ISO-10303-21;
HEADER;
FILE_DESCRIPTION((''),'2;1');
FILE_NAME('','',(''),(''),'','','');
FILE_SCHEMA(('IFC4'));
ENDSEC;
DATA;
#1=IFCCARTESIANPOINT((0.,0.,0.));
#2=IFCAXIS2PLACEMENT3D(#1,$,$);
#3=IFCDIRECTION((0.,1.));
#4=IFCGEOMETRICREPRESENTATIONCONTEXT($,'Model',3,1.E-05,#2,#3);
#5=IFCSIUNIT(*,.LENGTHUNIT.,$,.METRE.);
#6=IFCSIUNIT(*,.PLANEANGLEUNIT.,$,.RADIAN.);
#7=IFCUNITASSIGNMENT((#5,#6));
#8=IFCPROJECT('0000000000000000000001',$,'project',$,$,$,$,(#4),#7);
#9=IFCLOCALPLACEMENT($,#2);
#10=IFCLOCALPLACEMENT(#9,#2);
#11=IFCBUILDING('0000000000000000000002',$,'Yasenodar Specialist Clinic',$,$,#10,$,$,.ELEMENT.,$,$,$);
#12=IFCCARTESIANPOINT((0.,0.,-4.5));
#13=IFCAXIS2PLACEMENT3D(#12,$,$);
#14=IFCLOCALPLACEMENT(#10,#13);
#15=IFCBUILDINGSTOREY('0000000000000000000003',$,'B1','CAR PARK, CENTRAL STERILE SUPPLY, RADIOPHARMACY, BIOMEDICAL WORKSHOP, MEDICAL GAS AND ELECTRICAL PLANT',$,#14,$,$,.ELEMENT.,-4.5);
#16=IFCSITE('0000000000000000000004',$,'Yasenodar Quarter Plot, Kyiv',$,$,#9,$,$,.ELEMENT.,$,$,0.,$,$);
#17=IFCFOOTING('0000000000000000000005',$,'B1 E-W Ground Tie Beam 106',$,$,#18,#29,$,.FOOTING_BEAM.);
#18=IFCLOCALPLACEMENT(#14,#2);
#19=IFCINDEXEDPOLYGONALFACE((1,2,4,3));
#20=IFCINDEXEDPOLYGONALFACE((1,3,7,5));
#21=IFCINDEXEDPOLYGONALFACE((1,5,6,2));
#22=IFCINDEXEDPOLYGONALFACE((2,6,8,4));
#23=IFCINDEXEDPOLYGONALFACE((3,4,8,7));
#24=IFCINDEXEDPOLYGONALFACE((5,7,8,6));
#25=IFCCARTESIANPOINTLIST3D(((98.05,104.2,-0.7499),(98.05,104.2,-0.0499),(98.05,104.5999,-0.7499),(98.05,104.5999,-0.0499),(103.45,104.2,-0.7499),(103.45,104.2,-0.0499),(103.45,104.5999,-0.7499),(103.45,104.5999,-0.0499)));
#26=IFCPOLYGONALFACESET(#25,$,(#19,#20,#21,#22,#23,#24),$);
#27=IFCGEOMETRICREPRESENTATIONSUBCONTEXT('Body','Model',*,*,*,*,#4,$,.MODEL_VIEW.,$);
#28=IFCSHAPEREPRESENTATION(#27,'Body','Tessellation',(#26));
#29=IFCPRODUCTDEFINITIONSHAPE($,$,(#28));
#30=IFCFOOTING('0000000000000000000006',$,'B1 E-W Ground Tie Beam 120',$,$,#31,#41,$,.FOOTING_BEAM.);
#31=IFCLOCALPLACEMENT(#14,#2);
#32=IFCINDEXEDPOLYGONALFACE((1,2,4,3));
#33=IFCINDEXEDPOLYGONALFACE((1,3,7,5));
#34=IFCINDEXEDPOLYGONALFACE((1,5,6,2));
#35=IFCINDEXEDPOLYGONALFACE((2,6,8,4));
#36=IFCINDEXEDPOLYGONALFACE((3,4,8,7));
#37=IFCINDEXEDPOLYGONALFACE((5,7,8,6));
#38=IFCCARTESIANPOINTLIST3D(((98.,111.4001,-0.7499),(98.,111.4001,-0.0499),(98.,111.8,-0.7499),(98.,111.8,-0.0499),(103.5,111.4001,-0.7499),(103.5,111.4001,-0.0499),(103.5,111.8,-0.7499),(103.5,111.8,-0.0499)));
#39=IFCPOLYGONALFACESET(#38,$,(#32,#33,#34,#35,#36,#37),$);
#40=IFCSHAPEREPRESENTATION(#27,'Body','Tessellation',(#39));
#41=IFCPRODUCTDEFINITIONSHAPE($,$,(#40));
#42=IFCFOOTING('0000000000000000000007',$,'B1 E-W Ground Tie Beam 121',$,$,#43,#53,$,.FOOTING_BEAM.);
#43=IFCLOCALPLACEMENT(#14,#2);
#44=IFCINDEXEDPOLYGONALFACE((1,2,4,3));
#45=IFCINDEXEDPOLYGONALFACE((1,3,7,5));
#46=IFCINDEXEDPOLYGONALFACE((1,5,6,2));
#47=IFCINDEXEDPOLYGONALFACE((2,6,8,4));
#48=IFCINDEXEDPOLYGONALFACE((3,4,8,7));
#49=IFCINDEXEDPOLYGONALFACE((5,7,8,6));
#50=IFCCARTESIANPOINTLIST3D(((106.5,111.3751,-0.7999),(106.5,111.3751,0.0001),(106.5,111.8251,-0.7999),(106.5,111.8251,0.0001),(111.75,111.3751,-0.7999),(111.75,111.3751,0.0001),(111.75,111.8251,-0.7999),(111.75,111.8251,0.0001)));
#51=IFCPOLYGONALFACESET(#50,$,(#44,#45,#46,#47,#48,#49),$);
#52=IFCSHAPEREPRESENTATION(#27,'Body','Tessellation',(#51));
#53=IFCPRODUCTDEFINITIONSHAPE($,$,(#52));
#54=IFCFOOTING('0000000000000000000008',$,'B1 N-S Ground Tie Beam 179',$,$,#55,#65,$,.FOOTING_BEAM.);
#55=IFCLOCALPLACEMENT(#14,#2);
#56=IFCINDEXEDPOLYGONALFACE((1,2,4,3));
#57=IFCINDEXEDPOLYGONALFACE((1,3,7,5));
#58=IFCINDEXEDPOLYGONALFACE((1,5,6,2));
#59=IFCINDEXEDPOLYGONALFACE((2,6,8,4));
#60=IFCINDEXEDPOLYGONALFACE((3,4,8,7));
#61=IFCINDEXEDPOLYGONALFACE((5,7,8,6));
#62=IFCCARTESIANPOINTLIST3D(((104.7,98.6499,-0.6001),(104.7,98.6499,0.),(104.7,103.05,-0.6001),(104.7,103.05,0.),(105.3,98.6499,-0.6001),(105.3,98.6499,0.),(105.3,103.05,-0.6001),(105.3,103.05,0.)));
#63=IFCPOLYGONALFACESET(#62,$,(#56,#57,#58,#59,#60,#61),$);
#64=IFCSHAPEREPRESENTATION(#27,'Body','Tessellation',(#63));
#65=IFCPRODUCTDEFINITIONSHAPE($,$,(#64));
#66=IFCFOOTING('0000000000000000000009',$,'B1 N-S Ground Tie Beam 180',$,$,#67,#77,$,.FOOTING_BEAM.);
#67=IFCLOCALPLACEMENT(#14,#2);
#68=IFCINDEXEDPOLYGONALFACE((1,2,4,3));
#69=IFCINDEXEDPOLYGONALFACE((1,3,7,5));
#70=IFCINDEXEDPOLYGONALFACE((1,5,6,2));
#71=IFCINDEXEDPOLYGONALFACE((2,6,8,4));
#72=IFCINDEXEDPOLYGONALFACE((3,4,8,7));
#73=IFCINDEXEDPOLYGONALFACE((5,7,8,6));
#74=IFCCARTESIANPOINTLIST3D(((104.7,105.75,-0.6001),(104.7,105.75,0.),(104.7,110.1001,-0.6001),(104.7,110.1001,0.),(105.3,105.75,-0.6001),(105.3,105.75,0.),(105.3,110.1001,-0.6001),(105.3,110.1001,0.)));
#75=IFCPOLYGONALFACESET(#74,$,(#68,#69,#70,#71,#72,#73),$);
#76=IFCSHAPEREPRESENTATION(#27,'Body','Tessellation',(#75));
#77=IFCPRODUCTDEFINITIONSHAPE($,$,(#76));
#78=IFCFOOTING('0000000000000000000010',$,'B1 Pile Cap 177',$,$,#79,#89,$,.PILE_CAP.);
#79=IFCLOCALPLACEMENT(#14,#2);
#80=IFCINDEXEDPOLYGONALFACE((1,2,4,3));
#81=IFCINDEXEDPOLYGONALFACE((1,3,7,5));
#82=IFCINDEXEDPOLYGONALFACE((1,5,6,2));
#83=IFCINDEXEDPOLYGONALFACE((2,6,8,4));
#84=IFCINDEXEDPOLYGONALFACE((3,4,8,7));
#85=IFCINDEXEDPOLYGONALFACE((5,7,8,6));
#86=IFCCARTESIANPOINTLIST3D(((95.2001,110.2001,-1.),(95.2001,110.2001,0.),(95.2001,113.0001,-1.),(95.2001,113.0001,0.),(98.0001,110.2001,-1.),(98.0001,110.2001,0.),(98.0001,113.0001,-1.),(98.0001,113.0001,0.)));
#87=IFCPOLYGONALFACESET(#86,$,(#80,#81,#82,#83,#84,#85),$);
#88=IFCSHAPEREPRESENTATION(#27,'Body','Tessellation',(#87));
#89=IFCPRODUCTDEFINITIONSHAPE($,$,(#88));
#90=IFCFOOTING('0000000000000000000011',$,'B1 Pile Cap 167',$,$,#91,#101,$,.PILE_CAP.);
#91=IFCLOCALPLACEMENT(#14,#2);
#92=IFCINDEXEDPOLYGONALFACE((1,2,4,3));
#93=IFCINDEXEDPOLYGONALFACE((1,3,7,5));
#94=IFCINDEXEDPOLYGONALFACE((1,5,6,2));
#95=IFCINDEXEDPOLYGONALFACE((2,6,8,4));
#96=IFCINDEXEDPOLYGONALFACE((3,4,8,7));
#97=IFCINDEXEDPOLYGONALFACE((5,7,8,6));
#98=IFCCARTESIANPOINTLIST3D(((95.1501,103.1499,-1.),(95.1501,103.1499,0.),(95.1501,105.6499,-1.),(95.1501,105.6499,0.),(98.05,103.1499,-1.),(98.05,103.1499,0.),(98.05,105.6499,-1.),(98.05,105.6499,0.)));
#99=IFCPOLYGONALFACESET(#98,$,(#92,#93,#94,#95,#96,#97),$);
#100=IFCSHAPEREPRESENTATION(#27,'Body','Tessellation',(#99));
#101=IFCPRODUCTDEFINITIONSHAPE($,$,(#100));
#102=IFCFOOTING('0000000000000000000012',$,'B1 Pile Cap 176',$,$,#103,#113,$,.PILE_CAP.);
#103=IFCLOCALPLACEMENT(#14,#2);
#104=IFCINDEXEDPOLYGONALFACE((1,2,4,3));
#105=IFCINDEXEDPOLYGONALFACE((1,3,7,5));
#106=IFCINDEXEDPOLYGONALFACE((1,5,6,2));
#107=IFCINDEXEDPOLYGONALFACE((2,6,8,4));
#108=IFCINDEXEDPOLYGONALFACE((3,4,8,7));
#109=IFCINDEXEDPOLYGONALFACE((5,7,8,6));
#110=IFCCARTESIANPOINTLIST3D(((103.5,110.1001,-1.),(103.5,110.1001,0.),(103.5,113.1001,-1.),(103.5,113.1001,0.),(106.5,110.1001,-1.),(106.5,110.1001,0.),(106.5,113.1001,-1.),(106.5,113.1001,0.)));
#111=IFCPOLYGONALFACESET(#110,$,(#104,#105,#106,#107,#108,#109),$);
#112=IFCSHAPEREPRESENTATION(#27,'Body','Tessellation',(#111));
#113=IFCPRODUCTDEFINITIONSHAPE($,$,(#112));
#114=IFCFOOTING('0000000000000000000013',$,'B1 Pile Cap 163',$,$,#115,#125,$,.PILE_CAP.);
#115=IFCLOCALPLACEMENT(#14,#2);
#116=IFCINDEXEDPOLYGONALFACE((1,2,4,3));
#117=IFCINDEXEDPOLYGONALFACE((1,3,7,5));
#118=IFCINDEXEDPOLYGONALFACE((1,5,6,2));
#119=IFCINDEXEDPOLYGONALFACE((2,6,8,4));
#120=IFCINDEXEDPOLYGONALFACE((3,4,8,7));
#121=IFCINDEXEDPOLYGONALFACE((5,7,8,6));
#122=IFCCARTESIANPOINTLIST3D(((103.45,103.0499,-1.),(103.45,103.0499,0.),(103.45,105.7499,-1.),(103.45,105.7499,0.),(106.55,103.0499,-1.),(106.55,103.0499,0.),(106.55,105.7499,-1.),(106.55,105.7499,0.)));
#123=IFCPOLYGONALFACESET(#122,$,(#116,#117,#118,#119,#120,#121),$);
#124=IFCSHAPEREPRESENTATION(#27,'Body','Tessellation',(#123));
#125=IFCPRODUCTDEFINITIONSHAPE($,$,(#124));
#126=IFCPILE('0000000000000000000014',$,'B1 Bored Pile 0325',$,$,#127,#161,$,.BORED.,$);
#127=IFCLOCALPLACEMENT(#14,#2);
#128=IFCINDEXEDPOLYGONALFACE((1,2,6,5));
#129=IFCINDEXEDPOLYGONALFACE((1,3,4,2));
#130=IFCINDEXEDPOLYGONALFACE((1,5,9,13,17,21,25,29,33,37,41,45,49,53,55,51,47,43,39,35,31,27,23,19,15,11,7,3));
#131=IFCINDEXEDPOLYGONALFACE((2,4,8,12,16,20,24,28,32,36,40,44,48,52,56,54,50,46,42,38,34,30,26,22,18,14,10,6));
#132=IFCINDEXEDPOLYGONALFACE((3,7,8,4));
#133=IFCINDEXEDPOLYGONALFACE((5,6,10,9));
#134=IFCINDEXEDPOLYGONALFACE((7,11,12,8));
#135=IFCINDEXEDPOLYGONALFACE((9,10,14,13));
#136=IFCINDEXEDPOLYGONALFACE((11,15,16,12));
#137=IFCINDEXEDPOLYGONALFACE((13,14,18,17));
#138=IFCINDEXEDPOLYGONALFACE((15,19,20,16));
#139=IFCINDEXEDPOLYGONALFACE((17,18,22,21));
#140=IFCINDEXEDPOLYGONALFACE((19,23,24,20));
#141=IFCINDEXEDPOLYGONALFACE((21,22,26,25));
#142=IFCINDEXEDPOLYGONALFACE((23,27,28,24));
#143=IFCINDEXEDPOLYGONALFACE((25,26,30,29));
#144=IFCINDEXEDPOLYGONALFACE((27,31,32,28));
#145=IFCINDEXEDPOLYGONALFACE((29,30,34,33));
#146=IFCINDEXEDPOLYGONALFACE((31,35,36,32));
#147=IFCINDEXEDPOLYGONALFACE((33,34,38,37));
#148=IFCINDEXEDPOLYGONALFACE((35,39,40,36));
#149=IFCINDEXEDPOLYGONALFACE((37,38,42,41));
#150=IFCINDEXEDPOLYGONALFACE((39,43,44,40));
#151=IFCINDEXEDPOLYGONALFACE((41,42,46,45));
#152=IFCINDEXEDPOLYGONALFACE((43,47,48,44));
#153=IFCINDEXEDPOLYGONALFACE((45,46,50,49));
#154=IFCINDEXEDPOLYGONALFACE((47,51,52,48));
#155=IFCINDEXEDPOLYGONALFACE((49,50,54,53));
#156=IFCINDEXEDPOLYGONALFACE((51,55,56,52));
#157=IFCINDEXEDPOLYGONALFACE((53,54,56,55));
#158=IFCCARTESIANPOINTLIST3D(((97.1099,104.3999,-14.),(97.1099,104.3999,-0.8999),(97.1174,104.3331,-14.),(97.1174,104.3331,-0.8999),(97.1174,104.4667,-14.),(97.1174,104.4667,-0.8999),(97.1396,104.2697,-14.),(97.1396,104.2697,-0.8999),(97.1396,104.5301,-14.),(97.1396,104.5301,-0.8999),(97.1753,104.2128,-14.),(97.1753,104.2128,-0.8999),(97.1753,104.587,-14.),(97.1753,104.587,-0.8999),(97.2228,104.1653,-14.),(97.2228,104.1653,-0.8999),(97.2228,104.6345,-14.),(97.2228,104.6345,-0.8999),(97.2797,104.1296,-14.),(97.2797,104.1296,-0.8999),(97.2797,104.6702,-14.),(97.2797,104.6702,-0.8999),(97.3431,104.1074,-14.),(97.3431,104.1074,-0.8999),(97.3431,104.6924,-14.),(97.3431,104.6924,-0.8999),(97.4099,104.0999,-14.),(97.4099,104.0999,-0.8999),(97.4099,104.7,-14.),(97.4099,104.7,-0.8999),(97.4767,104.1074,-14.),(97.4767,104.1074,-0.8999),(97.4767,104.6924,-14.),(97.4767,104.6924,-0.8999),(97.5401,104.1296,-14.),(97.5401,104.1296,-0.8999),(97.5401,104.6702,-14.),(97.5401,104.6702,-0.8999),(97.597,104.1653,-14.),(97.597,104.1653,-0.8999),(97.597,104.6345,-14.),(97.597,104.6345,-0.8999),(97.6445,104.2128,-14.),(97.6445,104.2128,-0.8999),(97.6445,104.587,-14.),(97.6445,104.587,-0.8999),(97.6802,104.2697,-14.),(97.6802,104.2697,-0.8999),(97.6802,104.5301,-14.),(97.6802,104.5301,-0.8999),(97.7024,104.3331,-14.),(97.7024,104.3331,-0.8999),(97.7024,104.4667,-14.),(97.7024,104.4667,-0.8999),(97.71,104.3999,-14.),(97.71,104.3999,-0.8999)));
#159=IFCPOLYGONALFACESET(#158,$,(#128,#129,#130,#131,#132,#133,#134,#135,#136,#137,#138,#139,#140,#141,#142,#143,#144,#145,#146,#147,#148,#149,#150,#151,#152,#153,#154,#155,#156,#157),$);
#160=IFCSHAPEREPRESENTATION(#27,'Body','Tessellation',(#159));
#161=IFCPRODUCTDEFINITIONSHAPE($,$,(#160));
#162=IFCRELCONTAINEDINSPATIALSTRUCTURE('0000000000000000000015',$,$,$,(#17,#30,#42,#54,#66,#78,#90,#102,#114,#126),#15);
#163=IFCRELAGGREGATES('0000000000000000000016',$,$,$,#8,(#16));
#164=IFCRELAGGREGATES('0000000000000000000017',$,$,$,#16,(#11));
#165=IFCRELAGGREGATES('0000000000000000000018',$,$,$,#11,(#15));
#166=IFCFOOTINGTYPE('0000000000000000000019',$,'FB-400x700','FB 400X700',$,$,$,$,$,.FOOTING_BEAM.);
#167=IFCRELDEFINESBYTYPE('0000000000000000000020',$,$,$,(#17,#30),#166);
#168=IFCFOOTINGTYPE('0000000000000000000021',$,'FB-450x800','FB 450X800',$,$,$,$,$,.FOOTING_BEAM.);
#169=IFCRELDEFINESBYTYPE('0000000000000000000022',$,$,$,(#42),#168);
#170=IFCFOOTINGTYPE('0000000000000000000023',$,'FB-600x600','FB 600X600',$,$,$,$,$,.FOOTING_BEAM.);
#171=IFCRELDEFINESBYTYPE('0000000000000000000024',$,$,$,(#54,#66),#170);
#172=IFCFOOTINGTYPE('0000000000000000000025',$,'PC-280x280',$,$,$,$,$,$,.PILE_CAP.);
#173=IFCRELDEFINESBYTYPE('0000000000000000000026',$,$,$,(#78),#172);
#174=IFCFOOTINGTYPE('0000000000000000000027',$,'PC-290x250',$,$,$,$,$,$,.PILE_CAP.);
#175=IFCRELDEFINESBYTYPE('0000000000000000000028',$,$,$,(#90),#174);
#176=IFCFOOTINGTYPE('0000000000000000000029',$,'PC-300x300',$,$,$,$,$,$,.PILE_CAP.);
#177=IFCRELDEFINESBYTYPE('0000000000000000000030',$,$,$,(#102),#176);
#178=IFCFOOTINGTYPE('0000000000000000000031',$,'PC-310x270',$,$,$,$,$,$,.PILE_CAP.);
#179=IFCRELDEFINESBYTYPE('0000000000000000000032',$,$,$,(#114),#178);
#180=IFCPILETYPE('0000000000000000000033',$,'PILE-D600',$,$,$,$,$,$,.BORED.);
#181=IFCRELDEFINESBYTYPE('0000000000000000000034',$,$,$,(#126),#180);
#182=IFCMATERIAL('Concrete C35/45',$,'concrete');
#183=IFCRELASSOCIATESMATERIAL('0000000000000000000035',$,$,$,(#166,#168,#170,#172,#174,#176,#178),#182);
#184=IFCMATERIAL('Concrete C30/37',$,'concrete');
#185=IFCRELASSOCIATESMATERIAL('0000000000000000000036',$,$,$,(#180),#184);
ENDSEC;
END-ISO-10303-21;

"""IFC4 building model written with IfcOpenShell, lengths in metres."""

from ifc_helpers import new_model, si_unit, direction, frame, origin, origin_2d, place, context, subcontext, project, spatial, rectangle, circle, extrude, material, material_profile, profile_set, type_object, element, save


model = new_model("IFC4")

# Units and contexts
model_context = context("Model", 3, precision=1e-05, world=origin(), true_north=direction((0.0, 1.0)))
body_context = subcontext(model_context, "Body", "Model", "MODEL_VIEW")
ifc_project = project(units=[si_unit("LENGTHUNIT", "METRE"), si_unit("PLANEANGLEUNIT", "RADIAN")], contexts=[model_context])

# Site, building, storey
site_placement = place(None, origin())
site = spatial("IfcSite", under=ifc_project, at=site_placement, Name="Yasenodar Quarter Plot, Kyiv", CompositionType="ELEMENT", RefElevation=0.0)
building_placement = place(site_placement, origin())
building = spatial("IfcBuilding", under=site, at=building_placement, Name="Yasenodar Specialist Clinic", CompositionType="ELEMENT")
storey_placement = place(building_placement, frame((0.0, 0.0, -4.5)))
storey = spatial("IfcBuildingStorey", under=building, at=storey_placement, Name="B1", Description="CAR PARK, CENTRAL STERILE SUPPLY, RADIOPHARMACY, BIOMEDICAL WORKSHOP, MEDICAL GAS AND ELECTRICAL PLANT", CompositionType="ELEMENT", Elevation=-4.5)

# Footings
ifc_material_1 = material(Name="Concrete C35/45", Category="concrete")
ifc_material_profile_1 = material_profile(ifc_material_1, rectangle(XDim=0.3999, YDim=0.7, at=origin_2d()), Name="RC 400x700")
ifc_profile_set_1 = profile_set([ifc_material_profile_1], Name="Concrete C35/45")
footing_type_1 = type_object("IfcFootingType", Name="FB-400x700", Description="FB 400X700", PredefinedType="FOOTING_BEAM", material=ifc_profile_set_1)
footing_1_placement = place(storey_placement, frame((98.05, 104.3999, -0.3999), z_axis=(1.0, 0.0, 0.0), x_axis=(0.0, 1.0, 0.0)))
element("IfcFooting", 1, at=footing_1_placement, inside=storey, type_object=footing_type_1, Name="B1 E-W Ground Tie Beam 106", PredefinedType="FOOTING_BEAM", context=body_context, shape_type="SweptSolid", body=[
    extrude(rectangle(XDim=0.3999, YDim=0.7, at=origin_2d()), origin(), (0.0, 0.0, 1.0), 5.3999),
])
footing_2_placement = place(storey_placement, frame((98.0, 111.6001, -0.3999), z_axis=(1.0, 0.0, 0.0), x_axis=(0.0, 1.0, 0.0)))
element("IfcFooting", 2, at=footing_2_placement, inside=storey, type_object=footing_type_1, Name="B1 E-W Ground Tie Beam 120", PredefinedType="FOOTING_BEAM", context=body_context, shape_type="SweptSolid", body=[
    extrude(rectangle(XDim=0.3999, YDim=0.7, at=origin_2d()), origin(), (0.0, 0.0, 1.0), 5.5),
])
ifc_material_profile_2 = material_profile(ifc_material_1, rectangle(XDim=0.45, YDim=0.8, at=origin_2d()), Name="RC 450x800")
ifc_profile_set_2 = profile_set([ifc_material_profile_2], Name="Concrete C35/45")
footing_type_2 = type_object("IfcFootingType", Name="FB-450x800", Description="FB 450X800", PredefinedType="FOOTING_BEAM", material=ifc_profile_set_2)
footing_3_placement = place(storey_placement, frame((106.5, 111.6001, -0.3999), z_axis=(1.0, 0.0, 0.0), x_axis=(0.0, 1.0, 0.0)))
element("IfcFooting", 3, at=footing_3_placement, inside=storey, type_object=footing_type_2, Name="B1 E-W Ground Tie Beam 121", PredefinedType="FOOTING_BEAM", context=body_context, shape_type="SweptSolid", body=[
    extrude(rectangle(XDim=0.45, YDim=0.8, at=origin_2d()), origin(), (0.0, 0.0, 1.0), 5.25),
])
ifc_material_profile_3 = material_profile(ifc_material_1, rectangle(XDim=0.6001, YDim=0.6001, at=origin_2d()), Name="RC 600x600")
ifc_profile_set_3 = profile_set([ifc_material_profile_3], Name="Concrete C35/45")
footing_type_3 = type_object("IfcFootingType", Name="FB-600x600", Description="FB 600X600", PredefinedType="FOOTING_BEAM", material=ifc_profile_set_3)
footing_4_placement = place(storey_placement, frame((105.0, 98.6499, -0.3), z_axis=(0.0, 1.0, 0.0), x_axis=(-1.0, 0.0, 0.0)))
element("IfcFooting", 4, at=footing_4_placement, inside=storey, type_object=footing_type_3, Name="B1 N-S Ground Tie Beam 179", PredefinedType="FOOTING_BEAM", context=body_context, shape_type="SweptSolid", body=[
    extrude(rectangle(XDim=0.6001, YDim=0.6001, at=origin_2d()), origin(), (0.0, 0.0, 1.0), 4.4001),
])
footing_5_placement = place(storey_placement, frame((105.0, 105.75, -0.3), z_axis=(0.0, 1.0, 0.0), x_axis=(-1.0, 0.0, 0.0)))
element("IfcFooting", 5, at=footing_5_placement, inside=storey, type_object=footing_type_3, Name="B1 N-S Ground Tie Beam 180", PredefinedType="FOOTING_BEAM", context=body_context, shape_type="SweptSolid", body=[
    extrude(rectangle(XDim=0.6001, YDim=0.6001, at=origin_2d()), origin(), (0.0, 0.0, 1.0), 4.3501),
])
footing_type_4 = type_object("IfcFootingType", Name="PC-280x280", PredefinedType="PILE_CAP", material=ifc_material_1)
footing_6_placement = place(storey_placement, frame((96.6001, 111.6001, -1.0), z_axis=(0.0, 0.0, 1.0), x_axis=(1.0, 0.0, 0.0)))
element("IfcFooting", 6, at=footing_6_placement, inside=storey, type_object=footing_type_4, Name="B1 Pile Cap 177", PredefinedType="PILE_CAP", context=body_context, shape_type="SweptSolid", body=[
    extrude(rectangle(XDim=2.8, YDim=2.8, at=origin_2d()), origin(), (0.0, 0.0, 1.0), 1.0),
])
footing_type_5 = type_object("IfcFootingType", Name="PC-290x250", PredefinedType="PILE_CAP", material=ifc_material_1)
footing_7_placement = place(storey_placement, frame((96.6001, 104.3999, -1.0), z_axis=(0.0, 0.0, 1.0), x_axis=(1.0, 0.0, 0.0)))
element("IfcFooting", 7, at=footing_7_placement, inside=storey, type_object=footing_type_5, Name="B1 Pile Cap 167", PredefinedType="PILE_CAP", context=body_context, shape_type="SweptSolid", body=[
    extrude(rectangle(XDim=2.8999, YDim=2.5, at=origin_2d()), origin(), (0.0, 0.0, 1.0), 1.0),
])
footing_type_6 = type_object("IfcFootingType", Name="PC-300x300", PredefinedType="PILE_CAP", material=ifc_material_1)
footing_8_placement = place(storey_placement, frame((105.0, 111.6001, -1.0), z_axis=(0.0, 0.0, 1.0), x_axis=(1.0, 0.0, 0.0)))
element("IfcFooting", 8, at=footing_8_placement, inside=storey, type_object=footing_type_6, Name="B1 Pile Cap 176", PredefinedType="PILE_CAP", context=body_context, shape_type="SweptSolid", body=[
    extrude(rectangle(XDim=3.0, YDim=3.0, at=origin_2d()), origin(), (0.0, 0.0, 1.0), 1.0),
])
footing_type_7 = type_object("IfcFootingType", Name="PC-310x270", PredefinedType="PILE_CAP", material=ifc_material_1)
footing_9_placement = place(storey_placement, frame((105.0, 104.3999, -1.0), z_axis=(0.0, 0.0, 1.0), x_axis=(1.0, 0.0, 0.0)))
element("IfcFooting", 9, at=footing_9_placement, inside=storey, type_object=footing_type_7, Name="B1 Pile Cap 163", PredefinedType="PILE_CAP", context=body_context, shape_type="SweptSolid", body=[
    extrude(rectangle(XDim=3.1001, YDim=2.7, at=origin_2d()), origin(), (0.0, 0.0, 1.0), 1.0),
])

# Pile
ifc_material_2 = material(Name="Concrete C30/37", Category="concrete")
ifc_material_profile_4 = material_profile(ifc_material_2, circle(Radius=0.3, at=origin_2d()), Name="PILE D600")
ifc_profile_set_4 = profile_set([ifc_material_profile_4], Name="Concrete C30/37")
pile_type_1 = type_object("IfcPileType", Name="PILE-D600", PredefinedType="BORED", material=ifc_profile_set_4)
pile_placement = place(storey_placement, frame((97.4099, 104.3999, -0.8999), z_axis=(0.0, 0.0, -1.0), x_axis=(1.0, 0.0, 0.0)))
element("IfcPile", 10, at=pile_placement, inside=storey, type_object=pile_type_1, Name="B1 Bored Pile 0325", PredefinedType="BORED", context=body_context, shape_type="SweptSolid", body=[
    extrude(circle(Radius=0.3, at=origin_2d()), origin(), (0.0, 0.0, 1.0), 13.1001),
])

save(model, "model.ifc")
